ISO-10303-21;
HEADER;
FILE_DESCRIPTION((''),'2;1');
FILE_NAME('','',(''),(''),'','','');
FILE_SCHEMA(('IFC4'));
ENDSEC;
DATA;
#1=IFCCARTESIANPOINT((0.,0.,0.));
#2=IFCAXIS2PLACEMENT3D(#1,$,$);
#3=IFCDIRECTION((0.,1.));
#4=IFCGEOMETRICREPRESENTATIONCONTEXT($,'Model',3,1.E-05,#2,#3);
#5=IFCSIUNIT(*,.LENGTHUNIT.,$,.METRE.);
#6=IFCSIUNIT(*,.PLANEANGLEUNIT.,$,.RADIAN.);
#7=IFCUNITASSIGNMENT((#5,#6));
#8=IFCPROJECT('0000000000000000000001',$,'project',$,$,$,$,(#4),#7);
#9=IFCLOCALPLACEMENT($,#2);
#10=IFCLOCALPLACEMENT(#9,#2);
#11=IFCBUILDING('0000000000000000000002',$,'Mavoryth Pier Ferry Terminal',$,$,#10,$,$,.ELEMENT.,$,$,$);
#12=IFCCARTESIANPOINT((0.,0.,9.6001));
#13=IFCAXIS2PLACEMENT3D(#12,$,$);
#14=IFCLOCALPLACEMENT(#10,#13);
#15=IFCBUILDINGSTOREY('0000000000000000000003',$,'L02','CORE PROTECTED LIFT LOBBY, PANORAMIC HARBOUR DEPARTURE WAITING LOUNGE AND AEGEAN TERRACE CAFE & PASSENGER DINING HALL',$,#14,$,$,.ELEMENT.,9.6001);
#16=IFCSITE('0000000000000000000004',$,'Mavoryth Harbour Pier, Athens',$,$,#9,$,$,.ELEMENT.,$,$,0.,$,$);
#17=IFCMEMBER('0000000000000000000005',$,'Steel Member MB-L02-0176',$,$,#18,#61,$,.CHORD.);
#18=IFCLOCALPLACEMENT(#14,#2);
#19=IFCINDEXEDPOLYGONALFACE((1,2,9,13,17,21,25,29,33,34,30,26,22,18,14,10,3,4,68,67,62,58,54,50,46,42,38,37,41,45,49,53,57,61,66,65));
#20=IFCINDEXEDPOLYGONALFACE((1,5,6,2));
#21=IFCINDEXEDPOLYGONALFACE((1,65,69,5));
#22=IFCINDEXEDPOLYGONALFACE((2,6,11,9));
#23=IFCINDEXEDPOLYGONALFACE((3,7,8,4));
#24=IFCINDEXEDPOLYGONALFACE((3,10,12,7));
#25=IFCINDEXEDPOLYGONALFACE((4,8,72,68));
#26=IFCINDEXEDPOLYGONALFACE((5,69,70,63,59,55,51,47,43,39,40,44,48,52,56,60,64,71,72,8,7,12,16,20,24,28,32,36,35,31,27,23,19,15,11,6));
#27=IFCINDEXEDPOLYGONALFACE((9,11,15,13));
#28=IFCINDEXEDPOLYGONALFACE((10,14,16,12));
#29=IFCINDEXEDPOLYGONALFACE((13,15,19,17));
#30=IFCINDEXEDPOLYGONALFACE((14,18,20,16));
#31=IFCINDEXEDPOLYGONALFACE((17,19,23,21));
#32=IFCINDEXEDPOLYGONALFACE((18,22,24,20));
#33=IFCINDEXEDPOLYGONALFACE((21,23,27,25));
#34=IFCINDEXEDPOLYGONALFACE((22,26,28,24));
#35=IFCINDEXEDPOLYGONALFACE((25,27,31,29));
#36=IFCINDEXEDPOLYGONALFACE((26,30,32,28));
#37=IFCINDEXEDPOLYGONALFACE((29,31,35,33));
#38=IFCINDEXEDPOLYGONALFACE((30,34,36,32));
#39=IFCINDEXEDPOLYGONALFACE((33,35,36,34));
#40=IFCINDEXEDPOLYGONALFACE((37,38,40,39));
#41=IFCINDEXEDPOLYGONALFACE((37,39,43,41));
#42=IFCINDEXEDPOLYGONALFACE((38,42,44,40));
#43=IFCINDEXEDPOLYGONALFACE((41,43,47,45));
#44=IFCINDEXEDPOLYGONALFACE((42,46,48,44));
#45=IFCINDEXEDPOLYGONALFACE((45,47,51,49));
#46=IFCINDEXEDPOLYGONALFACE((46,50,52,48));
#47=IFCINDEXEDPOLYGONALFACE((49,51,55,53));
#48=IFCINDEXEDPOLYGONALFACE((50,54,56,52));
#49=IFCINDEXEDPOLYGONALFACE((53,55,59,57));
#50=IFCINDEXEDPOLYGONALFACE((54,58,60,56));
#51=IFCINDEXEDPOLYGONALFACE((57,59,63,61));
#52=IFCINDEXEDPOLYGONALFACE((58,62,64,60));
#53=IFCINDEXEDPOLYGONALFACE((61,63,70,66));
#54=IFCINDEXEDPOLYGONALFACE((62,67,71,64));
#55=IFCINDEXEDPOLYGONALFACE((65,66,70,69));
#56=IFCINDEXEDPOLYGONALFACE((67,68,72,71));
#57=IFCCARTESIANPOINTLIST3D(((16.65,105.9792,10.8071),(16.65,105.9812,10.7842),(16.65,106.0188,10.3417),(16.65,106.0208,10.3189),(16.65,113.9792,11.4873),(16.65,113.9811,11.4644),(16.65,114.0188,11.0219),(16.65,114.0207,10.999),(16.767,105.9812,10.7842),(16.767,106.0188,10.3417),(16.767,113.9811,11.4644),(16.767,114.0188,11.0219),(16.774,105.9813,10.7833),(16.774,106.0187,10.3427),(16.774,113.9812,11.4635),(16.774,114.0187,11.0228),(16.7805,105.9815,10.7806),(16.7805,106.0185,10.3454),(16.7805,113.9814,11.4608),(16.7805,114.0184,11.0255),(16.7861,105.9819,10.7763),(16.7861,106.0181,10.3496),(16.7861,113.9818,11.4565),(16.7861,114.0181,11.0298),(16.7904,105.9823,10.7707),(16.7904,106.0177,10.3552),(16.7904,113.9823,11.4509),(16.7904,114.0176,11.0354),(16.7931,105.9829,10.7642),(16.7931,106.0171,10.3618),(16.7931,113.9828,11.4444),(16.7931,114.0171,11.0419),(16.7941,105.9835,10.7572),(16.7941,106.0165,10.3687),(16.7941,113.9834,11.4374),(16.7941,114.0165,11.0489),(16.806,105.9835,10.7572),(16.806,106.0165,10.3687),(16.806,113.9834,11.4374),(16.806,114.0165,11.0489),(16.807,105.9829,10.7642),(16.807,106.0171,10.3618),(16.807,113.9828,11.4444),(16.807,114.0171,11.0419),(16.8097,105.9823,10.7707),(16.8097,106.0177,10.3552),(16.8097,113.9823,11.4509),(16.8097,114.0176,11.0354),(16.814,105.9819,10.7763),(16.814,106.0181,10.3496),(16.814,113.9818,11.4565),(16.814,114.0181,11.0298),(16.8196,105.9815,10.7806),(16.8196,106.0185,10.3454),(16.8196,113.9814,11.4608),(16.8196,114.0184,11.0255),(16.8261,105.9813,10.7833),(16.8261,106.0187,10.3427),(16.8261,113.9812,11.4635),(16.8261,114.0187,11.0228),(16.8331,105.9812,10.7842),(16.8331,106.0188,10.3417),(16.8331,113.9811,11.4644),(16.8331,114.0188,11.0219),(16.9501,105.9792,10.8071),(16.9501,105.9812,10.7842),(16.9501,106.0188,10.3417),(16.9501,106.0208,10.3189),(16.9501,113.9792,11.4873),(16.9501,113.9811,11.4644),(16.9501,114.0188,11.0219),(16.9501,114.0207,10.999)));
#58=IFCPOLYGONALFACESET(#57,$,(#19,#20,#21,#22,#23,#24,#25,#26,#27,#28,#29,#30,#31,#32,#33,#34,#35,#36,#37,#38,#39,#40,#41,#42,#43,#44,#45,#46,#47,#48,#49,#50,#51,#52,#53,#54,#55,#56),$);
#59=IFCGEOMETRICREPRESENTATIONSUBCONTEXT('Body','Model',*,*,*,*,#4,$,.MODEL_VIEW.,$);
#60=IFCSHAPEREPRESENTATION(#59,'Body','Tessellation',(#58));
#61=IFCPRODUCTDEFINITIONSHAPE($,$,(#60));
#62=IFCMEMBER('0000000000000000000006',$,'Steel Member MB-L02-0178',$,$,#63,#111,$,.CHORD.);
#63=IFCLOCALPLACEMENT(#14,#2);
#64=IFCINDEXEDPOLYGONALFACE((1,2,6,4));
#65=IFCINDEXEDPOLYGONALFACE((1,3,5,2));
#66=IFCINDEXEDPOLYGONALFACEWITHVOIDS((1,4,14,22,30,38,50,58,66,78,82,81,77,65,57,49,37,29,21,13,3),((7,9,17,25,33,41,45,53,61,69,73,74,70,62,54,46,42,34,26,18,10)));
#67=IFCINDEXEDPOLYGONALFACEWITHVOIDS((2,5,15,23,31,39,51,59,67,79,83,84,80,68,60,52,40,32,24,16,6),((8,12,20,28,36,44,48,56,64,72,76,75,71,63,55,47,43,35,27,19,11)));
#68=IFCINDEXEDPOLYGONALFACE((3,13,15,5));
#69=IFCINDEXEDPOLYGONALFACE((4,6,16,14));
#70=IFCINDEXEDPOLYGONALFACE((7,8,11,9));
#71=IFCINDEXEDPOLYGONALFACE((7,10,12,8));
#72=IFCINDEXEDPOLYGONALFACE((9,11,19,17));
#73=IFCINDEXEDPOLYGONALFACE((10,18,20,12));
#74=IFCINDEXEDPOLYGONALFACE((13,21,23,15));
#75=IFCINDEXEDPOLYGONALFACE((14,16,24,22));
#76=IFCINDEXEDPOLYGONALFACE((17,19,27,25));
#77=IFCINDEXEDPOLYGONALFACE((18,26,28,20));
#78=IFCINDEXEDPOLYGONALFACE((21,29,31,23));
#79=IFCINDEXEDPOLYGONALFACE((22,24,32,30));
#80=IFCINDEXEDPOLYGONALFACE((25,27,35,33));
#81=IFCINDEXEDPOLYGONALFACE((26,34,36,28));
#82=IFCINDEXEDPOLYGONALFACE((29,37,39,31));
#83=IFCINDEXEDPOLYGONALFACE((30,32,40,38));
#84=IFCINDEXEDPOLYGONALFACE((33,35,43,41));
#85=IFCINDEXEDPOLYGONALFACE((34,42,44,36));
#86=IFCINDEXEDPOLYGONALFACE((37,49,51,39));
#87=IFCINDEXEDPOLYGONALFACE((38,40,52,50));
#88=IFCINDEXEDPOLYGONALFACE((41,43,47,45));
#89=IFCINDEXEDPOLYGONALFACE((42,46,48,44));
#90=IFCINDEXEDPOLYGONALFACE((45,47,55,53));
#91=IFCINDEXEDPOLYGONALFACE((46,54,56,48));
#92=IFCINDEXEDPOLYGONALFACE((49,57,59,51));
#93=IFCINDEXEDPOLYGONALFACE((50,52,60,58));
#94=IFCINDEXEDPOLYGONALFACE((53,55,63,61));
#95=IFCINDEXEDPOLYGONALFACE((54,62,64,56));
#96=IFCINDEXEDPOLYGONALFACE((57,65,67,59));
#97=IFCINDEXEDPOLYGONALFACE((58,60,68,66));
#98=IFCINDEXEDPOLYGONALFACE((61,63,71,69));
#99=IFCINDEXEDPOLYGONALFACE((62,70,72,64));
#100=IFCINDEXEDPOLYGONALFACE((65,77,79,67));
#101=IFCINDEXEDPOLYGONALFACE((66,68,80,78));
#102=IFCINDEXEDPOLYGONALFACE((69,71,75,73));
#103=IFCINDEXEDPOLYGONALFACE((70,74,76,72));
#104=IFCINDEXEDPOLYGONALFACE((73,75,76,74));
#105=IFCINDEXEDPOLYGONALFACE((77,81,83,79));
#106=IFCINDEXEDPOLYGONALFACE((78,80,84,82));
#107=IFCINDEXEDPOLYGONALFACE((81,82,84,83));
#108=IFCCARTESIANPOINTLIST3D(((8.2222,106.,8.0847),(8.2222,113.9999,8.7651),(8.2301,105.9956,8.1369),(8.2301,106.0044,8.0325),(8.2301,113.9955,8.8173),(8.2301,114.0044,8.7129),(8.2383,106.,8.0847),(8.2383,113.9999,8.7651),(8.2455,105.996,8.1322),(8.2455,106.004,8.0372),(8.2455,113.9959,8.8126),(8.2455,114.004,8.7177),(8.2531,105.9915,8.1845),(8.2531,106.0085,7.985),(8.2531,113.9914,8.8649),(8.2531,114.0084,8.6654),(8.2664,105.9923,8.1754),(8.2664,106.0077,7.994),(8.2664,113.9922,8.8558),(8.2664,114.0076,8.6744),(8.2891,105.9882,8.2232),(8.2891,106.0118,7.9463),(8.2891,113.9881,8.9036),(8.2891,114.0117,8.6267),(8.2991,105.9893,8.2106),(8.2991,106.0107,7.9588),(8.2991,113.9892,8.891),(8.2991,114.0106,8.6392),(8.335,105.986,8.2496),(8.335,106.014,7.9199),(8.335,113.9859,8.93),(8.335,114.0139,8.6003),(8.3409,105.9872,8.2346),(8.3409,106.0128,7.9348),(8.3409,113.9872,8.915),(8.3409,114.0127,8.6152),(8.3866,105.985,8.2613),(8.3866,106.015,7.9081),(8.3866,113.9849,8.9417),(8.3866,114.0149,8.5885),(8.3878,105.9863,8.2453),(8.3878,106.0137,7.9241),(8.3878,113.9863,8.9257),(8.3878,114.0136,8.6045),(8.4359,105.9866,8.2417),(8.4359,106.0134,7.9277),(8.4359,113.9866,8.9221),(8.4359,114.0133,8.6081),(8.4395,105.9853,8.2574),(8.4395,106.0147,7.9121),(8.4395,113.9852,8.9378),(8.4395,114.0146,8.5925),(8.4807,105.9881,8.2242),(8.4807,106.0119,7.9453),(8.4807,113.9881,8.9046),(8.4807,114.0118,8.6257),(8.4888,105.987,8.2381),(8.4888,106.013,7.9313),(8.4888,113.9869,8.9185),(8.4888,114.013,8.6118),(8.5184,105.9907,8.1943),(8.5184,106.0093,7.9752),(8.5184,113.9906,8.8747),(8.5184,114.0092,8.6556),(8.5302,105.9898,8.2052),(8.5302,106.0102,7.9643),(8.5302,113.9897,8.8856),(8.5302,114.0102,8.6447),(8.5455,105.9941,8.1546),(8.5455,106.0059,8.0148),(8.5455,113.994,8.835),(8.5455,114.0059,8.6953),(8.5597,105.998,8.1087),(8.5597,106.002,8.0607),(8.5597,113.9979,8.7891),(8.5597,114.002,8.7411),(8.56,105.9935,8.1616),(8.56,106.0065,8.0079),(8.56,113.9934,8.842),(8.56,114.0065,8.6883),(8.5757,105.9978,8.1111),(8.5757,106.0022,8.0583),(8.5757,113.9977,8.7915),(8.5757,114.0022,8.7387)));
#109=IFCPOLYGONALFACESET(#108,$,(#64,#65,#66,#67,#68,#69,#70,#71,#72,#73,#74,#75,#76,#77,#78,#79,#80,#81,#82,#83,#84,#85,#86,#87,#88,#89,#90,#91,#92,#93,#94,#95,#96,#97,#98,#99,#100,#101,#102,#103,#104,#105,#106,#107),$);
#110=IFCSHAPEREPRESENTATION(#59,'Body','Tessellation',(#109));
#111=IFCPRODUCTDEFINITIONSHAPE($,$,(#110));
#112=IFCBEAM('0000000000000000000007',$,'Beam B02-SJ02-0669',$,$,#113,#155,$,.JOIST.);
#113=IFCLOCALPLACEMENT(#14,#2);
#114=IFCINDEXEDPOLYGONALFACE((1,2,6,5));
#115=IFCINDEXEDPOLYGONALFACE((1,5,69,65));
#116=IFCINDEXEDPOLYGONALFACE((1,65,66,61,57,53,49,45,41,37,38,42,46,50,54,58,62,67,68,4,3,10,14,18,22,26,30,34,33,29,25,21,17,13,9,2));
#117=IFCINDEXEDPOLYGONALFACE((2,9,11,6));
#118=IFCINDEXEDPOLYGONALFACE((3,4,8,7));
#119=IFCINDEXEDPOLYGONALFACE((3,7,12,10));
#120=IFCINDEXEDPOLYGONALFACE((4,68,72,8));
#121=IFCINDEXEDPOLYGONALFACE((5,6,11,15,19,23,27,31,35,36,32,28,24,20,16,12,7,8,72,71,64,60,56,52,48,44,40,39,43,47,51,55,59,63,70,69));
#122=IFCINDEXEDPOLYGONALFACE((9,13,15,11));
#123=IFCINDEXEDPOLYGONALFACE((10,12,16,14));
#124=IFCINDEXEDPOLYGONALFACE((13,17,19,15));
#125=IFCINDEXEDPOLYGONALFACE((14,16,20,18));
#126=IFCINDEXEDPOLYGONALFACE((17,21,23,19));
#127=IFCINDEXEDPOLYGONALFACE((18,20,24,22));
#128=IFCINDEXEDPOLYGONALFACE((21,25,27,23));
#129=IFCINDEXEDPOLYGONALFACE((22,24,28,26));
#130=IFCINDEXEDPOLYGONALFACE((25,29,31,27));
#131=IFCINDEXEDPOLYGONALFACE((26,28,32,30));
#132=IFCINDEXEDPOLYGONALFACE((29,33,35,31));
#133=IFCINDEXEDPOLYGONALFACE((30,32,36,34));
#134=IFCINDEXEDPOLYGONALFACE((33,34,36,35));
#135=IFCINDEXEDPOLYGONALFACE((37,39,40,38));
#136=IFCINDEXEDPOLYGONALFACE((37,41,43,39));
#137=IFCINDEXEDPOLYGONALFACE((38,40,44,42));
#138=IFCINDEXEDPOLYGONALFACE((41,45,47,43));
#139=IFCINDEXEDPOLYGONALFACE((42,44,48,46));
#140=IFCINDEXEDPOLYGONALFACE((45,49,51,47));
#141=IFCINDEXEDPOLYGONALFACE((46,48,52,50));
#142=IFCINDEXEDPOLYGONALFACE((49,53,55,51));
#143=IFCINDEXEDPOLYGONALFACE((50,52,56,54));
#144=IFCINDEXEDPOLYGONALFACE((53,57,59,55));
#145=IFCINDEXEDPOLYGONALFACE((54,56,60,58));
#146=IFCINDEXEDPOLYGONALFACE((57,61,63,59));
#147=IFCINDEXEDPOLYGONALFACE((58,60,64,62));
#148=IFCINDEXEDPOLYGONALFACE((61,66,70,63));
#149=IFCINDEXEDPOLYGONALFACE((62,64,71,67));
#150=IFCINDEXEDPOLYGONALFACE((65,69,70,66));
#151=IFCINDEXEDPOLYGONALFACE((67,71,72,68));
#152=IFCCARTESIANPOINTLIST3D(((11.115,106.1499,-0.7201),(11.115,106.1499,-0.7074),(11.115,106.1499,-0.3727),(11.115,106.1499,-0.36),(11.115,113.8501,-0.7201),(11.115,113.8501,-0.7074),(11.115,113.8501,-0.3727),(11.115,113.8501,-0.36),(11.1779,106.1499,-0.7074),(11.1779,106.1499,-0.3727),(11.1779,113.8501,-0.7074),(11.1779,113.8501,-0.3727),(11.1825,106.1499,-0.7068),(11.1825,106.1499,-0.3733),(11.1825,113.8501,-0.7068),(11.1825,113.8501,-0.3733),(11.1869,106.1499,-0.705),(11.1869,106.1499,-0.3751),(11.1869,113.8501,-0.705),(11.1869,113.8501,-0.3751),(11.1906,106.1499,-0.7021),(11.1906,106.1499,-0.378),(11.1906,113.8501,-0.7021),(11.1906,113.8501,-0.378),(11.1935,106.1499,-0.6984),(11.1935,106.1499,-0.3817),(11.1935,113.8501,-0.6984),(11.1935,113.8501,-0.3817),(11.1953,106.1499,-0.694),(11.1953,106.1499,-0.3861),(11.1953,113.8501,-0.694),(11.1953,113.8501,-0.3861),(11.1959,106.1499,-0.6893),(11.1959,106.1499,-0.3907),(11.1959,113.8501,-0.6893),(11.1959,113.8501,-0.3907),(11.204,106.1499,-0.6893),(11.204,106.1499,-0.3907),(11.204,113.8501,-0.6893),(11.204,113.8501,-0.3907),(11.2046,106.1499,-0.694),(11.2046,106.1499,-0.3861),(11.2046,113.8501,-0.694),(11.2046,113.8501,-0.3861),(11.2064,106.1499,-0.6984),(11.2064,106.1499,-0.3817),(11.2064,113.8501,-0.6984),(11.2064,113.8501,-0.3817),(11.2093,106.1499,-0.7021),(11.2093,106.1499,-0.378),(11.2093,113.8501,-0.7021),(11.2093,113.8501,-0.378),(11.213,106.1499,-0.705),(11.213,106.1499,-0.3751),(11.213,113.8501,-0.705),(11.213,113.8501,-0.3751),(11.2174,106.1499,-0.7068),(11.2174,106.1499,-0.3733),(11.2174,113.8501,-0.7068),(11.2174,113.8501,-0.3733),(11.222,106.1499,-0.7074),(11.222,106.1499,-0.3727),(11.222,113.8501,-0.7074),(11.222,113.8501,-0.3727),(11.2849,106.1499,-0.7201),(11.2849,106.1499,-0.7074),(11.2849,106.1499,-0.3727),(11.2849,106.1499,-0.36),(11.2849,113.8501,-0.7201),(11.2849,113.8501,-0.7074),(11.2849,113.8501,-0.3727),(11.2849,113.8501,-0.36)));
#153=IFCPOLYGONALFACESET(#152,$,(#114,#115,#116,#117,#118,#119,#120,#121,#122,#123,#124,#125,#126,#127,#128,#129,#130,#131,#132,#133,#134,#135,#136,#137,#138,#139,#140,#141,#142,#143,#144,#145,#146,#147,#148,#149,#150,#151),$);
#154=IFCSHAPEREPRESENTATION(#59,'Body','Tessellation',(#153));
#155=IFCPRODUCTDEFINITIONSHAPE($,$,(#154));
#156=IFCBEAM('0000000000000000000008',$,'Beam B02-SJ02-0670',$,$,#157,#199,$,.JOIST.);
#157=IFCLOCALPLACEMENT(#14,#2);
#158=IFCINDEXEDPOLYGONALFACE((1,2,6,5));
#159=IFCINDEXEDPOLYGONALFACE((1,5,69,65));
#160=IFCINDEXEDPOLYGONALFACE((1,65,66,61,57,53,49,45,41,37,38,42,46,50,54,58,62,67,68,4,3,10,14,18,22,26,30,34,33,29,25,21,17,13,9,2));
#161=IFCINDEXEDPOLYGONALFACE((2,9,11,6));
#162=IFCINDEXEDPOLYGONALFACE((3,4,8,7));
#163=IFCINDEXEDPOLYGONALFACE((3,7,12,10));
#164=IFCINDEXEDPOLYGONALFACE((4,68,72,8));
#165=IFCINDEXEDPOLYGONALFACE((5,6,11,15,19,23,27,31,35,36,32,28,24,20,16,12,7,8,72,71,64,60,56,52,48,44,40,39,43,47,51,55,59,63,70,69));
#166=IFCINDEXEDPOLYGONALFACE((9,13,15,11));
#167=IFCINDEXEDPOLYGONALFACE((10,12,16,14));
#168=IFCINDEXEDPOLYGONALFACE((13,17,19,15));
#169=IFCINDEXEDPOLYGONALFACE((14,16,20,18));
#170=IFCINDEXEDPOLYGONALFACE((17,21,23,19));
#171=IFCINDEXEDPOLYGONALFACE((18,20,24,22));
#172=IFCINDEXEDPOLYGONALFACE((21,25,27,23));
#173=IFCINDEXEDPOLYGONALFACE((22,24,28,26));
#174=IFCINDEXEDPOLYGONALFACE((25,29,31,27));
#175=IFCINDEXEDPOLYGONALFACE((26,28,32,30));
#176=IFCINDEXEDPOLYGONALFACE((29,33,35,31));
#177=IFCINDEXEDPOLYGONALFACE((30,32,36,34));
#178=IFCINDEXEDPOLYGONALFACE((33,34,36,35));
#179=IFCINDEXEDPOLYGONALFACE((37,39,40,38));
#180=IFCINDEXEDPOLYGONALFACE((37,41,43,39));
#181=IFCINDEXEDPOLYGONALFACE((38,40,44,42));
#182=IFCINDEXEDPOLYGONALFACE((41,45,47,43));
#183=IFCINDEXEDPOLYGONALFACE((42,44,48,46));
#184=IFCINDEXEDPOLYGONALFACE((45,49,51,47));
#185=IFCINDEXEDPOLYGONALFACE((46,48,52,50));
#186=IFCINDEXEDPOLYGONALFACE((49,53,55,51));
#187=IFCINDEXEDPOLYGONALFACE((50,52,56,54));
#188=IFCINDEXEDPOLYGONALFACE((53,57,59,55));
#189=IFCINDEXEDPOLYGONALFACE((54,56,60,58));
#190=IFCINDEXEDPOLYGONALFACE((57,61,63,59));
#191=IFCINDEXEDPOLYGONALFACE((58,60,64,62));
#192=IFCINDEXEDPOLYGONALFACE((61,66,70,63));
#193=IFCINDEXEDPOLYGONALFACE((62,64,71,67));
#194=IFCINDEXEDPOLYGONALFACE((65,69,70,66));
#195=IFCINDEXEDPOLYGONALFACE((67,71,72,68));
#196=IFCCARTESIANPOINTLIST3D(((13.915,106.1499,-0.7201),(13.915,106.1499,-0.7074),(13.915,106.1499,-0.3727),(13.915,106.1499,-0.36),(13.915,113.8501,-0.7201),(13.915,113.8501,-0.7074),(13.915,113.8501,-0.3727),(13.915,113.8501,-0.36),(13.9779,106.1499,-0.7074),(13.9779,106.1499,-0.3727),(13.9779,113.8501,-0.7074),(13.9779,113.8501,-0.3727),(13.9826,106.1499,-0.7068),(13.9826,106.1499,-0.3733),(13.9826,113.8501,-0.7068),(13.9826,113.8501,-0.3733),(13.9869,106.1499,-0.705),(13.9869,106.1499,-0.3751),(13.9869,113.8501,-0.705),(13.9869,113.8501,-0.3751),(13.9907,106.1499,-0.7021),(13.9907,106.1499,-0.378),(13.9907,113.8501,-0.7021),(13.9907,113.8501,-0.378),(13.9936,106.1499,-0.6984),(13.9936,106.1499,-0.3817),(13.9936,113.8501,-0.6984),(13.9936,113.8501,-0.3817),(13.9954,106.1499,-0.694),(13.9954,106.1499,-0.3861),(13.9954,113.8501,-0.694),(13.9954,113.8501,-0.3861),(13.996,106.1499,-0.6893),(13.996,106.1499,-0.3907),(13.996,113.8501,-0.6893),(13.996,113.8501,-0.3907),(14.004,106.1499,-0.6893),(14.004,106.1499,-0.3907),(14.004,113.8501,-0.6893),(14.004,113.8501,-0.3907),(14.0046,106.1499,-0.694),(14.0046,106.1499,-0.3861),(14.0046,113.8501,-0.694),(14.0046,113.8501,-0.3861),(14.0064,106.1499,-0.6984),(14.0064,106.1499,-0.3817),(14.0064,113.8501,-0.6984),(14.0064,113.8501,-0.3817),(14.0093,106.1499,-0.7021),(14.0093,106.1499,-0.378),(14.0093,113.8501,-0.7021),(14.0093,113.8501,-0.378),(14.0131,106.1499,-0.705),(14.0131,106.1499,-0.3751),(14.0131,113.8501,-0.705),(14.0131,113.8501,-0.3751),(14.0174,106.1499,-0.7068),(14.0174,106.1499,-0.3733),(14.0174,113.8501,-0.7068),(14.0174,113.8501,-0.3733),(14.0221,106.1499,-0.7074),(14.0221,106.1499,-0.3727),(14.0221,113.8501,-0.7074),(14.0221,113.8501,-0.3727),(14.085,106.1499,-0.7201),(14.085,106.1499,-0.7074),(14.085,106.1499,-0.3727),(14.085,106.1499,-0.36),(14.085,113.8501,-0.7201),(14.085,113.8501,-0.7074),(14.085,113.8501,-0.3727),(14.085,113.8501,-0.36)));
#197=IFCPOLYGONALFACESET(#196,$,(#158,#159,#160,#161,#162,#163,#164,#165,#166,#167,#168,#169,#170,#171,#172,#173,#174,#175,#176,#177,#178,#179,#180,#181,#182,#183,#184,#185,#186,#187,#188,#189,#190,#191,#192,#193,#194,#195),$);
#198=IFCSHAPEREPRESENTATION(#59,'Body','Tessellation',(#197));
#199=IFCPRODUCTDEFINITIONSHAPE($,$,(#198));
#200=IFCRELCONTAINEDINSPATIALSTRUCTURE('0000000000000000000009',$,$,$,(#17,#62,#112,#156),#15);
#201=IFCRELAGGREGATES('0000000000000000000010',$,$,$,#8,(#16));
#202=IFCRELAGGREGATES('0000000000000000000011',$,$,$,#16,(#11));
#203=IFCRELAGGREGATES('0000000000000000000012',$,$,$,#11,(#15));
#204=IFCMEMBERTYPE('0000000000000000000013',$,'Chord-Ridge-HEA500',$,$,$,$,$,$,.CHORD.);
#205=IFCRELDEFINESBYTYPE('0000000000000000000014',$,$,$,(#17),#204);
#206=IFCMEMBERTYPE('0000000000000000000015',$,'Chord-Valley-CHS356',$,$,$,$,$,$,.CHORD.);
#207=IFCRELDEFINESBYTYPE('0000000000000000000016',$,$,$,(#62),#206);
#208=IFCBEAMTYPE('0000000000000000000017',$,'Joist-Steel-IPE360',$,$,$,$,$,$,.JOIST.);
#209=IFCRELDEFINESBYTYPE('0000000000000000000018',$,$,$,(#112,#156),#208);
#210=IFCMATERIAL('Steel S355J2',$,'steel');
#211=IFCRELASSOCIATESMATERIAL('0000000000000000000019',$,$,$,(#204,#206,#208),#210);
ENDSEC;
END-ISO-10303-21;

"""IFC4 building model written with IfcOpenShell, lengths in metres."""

from ifc_helpers import new_model, si_unit, direction, frame, origin, origin_2d, place, context, subcontext, project, spatial, hollow_circle, i_section, extrude, material, material_profile, profile_set, type_object, element, save


model = new_model("IFC4")

# Units and contexts
model_context = context("Model", 3, precision=1e-05, world=origin(), true_north=direction((0.0, 1.0)))
body_context = subcontext(model_context, "Body", "Model", "MODEL_VIEW")
ifc_project = project(units=[si_unit("LENGTHUNIT", "METRE"), si_unit("PLANEANGLEUNIT", "RADIAN")], contexts=[model_context])

# Site, building, storey
site_placement = place(None, origin())
site = spatial("IfcSite", under=ifc_project, at=site_placement, Name="Mavoryth Harbour Pier, Athens", CompositionType="ELEMENT", RefElevation=0.0)
building_placement = place(site_placement, origin())
building = spatial("IfcBuilding", under=site, at=building_placement, Name="Mavoryth Pier Ferry Terminal", CompositionType="ELEMENT")
storey_placement = place(building_placement, frame((0.0, 0.0, 9.6001)))
storey = spatial("IfcBuildingStorey", under=building, at=storey_placement, Name="L02", Description="CORE PROTECTED LIFT LOBBY, PANORAMIC HARBOUR DEPARTURE WAITING LOUNGE AND AEGEAN TERRACE CAFE & PASSENGER DINING HALL", CompositionType="ELEMENT", Elevation=9.6001)

# Shared definitions
ifc_material_1 = material(Name="Steel S355J2", Category="steel")

# Members
ifc_material_profile_1 = material_profile(ifc_material_1, i_section(OverallWidth=0.3, OverallDepth=0.49, WebThickness=0.012, FlangeThickness=0.0229, FilletRadius=0.0271, at=origin_2d()), Name="HEA 500", Category="steel")
ifc_profile_set_1 = profile_set([ifc_material_profile_1], Name="Steel S355J2 - HEA 500")
member_type_1 = type_object("IfcMemberType", Name="Chord-Ridge-HEA500", PredefinedType="CHORD", material=ifc_profile_set_1)
member_1_placement = place(storey_placement, frame((16.8, 106.0, 10.563), z_axis=(0.0, 0.996405, 0.084716), x_axis=(-1.0, 0.0, 0.0)))
element("IfcMember", 1, at=member_1_placement, inside=storey, type_object=member_type_1, Name="Steel Member MB-L02-0176", PredefinedType="CHORD", context=body_context, shape_type="SweptSolid", body=[
    extrude(i_section(OverallWidth=0.3, OverallDepth=0.49, WebThickness=0.012, FlangeThickness=0.0229, FilletRadius=0.0271, at=origin_2d()), origin(), (0.0, 0.0, 1.0), 8.0288),
])
ifc_material_profile_2 = material_profile(ifc_material_1, hollow_circle(Radius=0.1777, WallThickness=0.0161, at=origin_2d()), Name="CHS 355.6x16.0", Category="steel")
ifc_profile_set_2 = profile_set([ifc_material_profile_2], Name="Steel S355J2 - CHS 355.6x16.0")
member_type_2 = type_object("IfcMemberType", Name="Chord-Valley-CHS356", PredefinedType="CHORD", material=ifc_profile_set_2)
member_2_placement = place(storey_placement, frame((8.3999, 106.0, 8.0847), z_axis=(0.0, 0.996403, 0.084747), x_axis=(-1.0, 0.0, 0.0)))
element("IfcMember", 2, at=member_2_placement, inside=storey, type_object=member_type_2, Name="Steel Member MB-L02-0178", PredefinedType="CHORD", context=body_context, shape_type="SweptSolid", body=[
    extrude(hollow_circle(Radius=0.1777, WallThickness=0.0161, at=origin_2d()), origin(), (0.0, 0.0, 1.0), 8.0288),
])

# Beams
ifc_material_profile_3 = material_profile(ifc_material_1, i_section(OverallWidth=0.1699, OverallDepth=0.3601, WebThickness=0.0081, FlangeThickness=0.0127, FilletRadius=0.0181, at=origin_2d()), Name="IPE 360", Category="steel")
ifc_profile_set_3 = profile_set([ifc_material_profile_3], Name="Steel S355J2 - IPE 360")
beam_type_1 = type_object("IfcBeamType", Name="Joist-Steel-IPE360", PredefinedType="JOIST", material=ifc_profile_set_3)
for number, where, z_axis, x_axis, name in (
    (3, (11.2, 106.1499, -0.54), (0.0, 1.0, 0.0), (-1.0, 0.0, 0.0), "Beam B02-SJ02-0669"),
    (4, (14.0, 106.1499, -0.54), (0.0, 1.0, 0.0), (-1.0, 0.0, 0.0), "Beam B02-SJ02-0670"),
):
    element("IfcBeam", number, at=place(storey_placement, frame(where, z_axis=z_axis, x_axis=x_axis)), inside=storey, type_object=beam_type_1, Name=name, PredefinedType="JOIST", context=body_context, shape_type="SweptSolid", body=[
        extrude(i_section(OverallWidth=0.1699, OverallDepth=0.3601, WebThickness=0.0081, FlangeThickness=0.0127, FilletRadius=0.0181, at=origin_2d()), origin(), (0.0, 0.0, 1.0), 7.7002),
    ])

save(model, "model.ifc")
